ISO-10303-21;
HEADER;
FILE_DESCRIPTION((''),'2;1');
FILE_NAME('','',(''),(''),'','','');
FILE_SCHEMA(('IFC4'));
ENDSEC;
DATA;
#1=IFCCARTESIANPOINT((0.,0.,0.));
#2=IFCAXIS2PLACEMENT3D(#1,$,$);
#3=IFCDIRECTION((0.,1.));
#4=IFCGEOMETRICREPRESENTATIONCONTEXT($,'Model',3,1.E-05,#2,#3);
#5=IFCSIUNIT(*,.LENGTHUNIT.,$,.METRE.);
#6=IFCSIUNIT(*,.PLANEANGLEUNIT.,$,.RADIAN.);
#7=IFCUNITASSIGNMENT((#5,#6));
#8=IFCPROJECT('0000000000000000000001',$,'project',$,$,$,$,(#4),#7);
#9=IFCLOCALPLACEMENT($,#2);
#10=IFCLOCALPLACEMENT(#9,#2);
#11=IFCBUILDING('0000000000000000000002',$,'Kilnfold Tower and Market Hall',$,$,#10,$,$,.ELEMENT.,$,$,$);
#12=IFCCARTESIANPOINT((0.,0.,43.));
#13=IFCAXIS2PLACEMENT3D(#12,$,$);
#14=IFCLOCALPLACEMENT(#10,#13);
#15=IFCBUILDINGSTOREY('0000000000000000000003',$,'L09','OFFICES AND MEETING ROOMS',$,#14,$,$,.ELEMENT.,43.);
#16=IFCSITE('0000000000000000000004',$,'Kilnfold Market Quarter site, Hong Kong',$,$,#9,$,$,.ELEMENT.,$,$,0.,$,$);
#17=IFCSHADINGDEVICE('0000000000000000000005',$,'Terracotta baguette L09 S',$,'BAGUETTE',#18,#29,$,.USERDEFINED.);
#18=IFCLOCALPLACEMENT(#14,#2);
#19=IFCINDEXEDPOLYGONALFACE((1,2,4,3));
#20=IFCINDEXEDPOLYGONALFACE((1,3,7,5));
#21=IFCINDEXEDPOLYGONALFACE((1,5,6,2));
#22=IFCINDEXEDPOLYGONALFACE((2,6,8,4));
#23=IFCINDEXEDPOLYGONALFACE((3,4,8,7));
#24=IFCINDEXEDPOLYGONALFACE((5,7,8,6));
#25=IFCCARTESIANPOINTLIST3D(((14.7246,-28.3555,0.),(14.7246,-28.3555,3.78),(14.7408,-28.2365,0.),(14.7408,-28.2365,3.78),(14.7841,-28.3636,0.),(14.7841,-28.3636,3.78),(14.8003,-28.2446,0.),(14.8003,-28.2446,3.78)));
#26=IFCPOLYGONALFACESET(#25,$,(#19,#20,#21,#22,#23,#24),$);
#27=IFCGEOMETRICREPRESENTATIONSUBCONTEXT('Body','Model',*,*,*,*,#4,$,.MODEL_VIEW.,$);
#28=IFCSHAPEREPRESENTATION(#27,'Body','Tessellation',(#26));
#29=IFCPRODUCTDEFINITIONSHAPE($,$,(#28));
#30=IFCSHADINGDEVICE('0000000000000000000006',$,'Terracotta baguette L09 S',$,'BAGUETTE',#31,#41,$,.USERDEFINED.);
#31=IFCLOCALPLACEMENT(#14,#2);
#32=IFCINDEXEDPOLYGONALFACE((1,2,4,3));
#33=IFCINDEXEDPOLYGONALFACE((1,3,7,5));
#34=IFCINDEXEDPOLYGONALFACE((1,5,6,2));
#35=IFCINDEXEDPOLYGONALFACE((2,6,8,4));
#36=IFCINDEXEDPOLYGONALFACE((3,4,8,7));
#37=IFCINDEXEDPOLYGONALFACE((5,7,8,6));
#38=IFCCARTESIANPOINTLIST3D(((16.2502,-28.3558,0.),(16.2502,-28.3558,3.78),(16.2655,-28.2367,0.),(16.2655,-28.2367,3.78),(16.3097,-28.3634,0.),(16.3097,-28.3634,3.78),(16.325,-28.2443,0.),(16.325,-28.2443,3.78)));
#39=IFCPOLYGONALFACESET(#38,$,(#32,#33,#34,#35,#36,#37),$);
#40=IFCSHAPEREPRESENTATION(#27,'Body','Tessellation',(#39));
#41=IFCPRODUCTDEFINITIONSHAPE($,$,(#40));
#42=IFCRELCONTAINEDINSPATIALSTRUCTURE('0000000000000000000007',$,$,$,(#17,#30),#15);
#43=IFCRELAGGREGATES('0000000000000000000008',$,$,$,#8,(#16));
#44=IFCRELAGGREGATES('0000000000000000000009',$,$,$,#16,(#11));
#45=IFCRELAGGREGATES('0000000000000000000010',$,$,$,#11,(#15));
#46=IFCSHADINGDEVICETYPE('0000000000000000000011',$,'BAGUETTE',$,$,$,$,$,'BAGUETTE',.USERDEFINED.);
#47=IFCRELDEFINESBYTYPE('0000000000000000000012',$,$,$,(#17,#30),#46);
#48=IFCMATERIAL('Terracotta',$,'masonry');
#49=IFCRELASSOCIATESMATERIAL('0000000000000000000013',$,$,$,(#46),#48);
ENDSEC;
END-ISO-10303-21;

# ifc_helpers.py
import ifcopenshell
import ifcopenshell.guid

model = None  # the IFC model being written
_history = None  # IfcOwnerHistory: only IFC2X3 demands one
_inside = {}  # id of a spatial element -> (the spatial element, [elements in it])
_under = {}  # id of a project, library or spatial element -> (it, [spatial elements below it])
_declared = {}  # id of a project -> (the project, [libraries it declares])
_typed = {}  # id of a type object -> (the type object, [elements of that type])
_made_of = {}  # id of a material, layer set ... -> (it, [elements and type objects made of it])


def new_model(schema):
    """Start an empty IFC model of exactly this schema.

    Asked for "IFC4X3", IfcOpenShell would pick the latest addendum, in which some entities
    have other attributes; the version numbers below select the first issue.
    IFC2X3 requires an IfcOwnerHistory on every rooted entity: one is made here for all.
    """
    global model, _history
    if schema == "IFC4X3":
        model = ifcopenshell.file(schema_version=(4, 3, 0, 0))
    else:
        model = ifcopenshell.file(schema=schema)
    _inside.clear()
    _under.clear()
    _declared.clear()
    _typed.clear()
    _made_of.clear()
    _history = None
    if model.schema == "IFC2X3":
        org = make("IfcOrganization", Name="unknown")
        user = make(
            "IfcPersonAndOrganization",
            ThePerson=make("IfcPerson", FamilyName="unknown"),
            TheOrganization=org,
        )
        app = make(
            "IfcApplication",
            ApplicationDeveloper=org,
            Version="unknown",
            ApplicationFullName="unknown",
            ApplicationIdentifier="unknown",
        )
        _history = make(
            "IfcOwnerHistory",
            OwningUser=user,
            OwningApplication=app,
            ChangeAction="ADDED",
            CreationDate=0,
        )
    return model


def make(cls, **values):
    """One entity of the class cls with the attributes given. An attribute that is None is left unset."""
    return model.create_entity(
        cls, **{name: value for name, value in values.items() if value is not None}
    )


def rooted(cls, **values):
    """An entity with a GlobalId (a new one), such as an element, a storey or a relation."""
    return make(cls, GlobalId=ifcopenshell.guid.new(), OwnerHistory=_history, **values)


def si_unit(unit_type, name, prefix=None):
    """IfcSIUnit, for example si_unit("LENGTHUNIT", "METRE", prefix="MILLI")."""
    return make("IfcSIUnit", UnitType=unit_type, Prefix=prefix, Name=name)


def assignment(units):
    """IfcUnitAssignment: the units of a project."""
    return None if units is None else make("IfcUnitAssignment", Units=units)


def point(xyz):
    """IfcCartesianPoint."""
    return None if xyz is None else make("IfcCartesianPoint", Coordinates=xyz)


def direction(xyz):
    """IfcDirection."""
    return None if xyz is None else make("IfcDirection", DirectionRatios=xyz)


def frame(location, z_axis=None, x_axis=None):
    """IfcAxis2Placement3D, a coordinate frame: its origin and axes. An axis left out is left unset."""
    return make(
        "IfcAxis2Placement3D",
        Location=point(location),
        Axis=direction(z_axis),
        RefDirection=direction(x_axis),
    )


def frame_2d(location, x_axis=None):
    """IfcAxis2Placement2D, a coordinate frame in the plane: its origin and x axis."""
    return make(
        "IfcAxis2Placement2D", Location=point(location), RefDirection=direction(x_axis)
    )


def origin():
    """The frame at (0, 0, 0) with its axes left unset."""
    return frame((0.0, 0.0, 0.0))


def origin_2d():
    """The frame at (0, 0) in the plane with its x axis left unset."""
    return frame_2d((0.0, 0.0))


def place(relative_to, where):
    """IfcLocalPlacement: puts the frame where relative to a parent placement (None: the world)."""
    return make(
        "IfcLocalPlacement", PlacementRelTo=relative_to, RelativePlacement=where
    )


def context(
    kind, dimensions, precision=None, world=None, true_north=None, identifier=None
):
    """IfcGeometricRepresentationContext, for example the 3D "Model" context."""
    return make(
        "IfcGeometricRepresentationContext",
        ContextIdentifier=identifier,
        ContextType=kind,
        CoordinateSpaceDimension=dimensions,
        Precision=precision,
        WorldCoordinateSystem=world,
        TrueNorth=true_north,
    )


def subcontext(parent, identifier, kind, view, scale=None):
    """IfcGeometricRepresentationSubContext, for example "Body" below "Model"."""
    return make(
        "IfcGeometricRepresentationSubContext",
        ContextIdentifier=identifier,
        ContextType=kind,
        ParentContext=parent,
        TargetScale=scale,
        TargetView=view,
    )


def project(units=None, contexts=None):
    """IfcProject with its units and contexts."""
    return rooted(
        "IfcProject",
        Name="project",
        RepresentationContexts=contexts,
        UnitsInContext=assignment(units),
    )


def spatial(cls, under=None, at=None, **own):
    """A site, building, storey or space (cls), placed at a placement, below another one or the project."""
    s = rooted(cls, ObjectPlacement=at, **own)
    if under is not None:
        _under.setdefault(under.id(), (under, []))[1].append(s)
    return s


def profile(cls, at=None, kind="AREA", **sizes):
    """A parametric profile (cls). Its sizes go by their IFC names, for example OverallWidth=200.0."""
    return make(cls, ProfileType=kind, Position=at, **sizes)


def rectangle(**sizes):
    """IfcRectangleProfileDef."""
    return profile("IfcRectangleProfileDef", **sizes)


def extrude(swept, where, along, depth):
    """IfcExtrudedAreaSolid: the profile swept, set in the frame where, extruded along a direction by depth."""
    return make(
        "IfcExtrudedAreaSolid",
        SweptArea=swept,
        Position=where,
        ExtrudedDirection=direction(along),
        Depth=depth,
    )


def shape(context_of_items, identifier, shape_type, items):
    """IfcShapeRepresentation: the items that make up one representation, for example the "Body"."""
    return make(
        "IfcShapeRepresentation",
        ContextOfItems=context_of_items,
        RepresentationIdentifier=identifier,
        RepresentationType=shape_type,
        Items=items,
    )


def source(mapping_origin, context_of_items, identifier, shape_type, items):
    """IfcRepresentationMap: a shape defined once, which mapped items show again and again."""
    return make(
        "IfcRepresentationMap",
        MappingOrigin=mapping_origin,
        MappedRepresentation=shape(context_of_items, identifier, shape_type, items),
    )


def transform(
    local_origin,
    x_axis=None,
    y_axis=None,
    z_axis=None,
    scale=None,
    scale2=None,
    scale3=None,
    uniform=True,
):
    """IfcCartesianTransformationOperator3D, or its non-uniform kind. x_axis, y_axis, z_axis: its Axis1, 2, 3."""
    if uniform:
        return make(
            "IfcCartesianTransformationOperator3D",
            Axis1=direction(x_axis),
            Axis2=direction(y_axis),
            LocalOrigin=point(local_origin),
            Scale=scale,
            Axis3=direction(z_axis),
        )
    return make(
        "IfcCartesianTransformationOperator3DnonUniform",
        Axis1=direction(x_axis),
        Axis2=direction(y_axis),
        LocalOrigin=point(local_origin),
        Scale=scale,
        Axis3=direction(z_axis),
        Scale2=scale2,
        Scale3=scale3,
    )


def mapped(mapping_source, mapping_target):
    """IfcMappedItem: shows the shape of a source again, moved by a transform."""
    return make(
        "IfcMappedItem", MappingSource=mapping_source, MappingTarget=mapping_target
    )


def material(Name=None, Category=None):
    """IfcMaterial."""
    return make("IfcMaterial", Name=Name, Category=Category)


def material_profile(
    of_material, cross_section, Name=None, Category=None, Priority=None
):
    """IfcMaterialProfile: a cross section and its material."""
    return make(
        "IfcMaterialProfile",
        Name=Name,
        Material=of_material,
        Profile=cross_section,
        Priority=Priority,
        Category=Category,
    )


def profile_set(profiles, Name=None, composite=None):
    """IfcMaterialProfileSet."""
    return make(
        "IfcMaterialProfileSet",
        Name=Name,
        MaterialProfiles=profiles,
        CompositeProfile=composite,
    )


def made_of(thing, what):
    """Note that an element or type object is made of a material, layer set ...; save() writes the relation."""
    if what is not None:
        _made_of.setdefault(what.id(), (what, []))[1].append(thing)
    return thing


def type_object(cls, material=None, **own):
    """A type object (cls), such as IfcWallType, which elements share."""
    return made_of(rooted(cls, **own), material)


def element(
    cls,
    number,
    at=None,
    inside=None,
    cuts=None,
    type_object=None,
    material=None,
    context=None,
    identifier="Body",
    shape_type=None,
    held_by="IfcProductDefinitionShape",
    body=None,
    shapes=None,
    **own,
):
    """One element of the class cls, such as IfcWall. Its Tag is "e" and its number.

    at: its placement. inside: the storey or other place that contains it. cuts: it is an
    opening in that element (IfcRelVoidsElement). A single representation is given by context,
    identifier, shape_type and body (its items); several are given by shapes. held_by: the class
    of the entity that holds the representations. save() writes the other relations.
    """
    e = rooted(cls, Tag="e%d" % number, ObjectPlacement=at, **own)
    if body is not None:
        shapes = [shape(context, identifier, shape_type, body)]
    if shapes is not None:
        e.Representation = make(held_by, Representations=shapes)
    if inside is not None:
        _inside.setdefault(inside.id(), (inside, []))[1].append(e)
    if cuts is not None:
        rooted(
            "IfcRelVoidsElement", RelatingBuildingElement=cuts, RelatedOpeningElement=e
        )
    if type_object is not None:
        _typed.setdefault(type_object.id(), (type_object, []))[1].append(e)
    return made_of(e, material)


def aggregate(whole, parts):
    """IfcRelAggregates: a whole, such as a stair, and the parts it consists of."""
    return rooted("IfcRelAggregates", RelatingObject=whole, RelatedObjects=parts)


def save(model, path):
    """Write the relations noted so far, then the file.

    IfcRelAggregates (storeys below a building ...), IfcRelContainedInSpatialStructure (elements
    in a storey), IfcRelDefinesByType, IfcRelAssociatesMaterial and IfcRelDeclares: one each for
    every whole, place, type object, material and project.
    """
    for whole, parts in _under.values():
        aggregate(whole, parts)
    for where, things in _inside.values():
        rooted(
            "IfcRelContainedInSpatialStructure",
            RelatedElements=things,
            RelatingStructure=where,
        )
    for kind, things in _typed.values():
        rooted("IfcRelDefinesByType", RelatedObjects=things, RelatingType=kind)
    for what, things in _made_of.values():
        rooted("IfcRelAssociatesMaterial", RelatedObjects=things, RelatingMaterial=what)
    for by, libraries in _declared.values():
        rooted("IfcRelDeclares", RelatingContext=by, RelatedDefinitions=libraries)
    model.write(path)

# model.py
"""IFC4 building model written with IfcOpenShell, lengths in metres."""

from ifc_helpers import new_model, si_unit, direction, frame, origin, origin_2d, place, context, subcontext, project, spatial, rectangle, extrude, source, transform, mapped, material, material_profile, profile_set, type_object, element, save


model = new_model("IFC4")

# Units and contexts
model_context = context("Model", 3, precision=1e-05, world=origin(), true_north=direction((0.0, 1.0)))
body_context = subcontext(model_context, "Body", "Model", "MODEL_VIEW")
ifc_project = project(units=[si_unit("LENGTHUNIT", "METRE"), si_unit("PLANEANGLEUNIT", "RADIAN")], contexts=[model_context])

# Site, building, storey
site_placement = place(None, origin())
site = spatial("IfcSite", under=ifc_project, at=site_placement, Name="Kilnfold Market Quarter site, Hong Kong", CompositionType="ELEMENT", RefElevation=0.0)
building_placement = place(site_placement, origin())
building = spatial("IfcBuilding", under=site, at=building_placement, Name="Kilnfold Tower and Market Hall", CompositionType="ELEMENT")
storey_placement = place(building_placement, frame((0.0, 0.0, 43.0)))
storey = spatial("IfcBuildingStorey", under=building, at=storey_placement, Name="L09", Description="OFFICES AND MEETING ROOMS", CompositionType="ELEMENT", Elevation=43.0)

# Shading devices
ifc_material_1 = material(Name="Terracotta", Category="masonry")
ifc_material_profile_1 = material_profile(ifc_material_1, rectangle(XDim=0.0601, YDim=0.1201, at=origin_2d()), Name="BAG 60x120")
ifc_profile_set_1 = profile_set([ifc_material_profile_1], Name="Terracotta")
shading_device_type = type_object("IfcShadingDeviceType", Name="BAGUETTE", ElementType="BAGUETTE", PredefinedType="USERDEFINED", material=ifc_profile_set_1)
shared_shape_1 = source(origin(), body_context, "Body", "SweptSolid", [
    extrude(rectangle(XDim=0.0601, YDim=0.1201, at=origin_2d()), origin(), (0.0, 0.0, 1.0), 3.78),
])
for number, where, z_axis, x_axis, name in (
    (1, (14.7625, -28.3, 0.0), (0.0, 0.0, 1.0), (0.990946, -0.134263, 0.0), "Terracotta baguette L09 S"),
    (2, (16.2876, -28.3, 0.0), (0.0, 0.0, 1.0), (0.991863, -0.127307, 0.0), "Terracotta baguette L09 S"),
):
    element("IfcShadingDevice", number, at=place(storey_placement, frame(where, z_axis=z_axis, x_axis=x_axis)), inside=storey, type_object=shading_device_type, Name=name, ObjectType="BAGUETTE", PredefinedType="USERDEFINED", context=body_context, shape_type="MappedRepresentation", body=[
        mapped(shared_shape_1, transform((0.0, 0.0, 0.0))),
    ])

save(model, "model.ifc")
